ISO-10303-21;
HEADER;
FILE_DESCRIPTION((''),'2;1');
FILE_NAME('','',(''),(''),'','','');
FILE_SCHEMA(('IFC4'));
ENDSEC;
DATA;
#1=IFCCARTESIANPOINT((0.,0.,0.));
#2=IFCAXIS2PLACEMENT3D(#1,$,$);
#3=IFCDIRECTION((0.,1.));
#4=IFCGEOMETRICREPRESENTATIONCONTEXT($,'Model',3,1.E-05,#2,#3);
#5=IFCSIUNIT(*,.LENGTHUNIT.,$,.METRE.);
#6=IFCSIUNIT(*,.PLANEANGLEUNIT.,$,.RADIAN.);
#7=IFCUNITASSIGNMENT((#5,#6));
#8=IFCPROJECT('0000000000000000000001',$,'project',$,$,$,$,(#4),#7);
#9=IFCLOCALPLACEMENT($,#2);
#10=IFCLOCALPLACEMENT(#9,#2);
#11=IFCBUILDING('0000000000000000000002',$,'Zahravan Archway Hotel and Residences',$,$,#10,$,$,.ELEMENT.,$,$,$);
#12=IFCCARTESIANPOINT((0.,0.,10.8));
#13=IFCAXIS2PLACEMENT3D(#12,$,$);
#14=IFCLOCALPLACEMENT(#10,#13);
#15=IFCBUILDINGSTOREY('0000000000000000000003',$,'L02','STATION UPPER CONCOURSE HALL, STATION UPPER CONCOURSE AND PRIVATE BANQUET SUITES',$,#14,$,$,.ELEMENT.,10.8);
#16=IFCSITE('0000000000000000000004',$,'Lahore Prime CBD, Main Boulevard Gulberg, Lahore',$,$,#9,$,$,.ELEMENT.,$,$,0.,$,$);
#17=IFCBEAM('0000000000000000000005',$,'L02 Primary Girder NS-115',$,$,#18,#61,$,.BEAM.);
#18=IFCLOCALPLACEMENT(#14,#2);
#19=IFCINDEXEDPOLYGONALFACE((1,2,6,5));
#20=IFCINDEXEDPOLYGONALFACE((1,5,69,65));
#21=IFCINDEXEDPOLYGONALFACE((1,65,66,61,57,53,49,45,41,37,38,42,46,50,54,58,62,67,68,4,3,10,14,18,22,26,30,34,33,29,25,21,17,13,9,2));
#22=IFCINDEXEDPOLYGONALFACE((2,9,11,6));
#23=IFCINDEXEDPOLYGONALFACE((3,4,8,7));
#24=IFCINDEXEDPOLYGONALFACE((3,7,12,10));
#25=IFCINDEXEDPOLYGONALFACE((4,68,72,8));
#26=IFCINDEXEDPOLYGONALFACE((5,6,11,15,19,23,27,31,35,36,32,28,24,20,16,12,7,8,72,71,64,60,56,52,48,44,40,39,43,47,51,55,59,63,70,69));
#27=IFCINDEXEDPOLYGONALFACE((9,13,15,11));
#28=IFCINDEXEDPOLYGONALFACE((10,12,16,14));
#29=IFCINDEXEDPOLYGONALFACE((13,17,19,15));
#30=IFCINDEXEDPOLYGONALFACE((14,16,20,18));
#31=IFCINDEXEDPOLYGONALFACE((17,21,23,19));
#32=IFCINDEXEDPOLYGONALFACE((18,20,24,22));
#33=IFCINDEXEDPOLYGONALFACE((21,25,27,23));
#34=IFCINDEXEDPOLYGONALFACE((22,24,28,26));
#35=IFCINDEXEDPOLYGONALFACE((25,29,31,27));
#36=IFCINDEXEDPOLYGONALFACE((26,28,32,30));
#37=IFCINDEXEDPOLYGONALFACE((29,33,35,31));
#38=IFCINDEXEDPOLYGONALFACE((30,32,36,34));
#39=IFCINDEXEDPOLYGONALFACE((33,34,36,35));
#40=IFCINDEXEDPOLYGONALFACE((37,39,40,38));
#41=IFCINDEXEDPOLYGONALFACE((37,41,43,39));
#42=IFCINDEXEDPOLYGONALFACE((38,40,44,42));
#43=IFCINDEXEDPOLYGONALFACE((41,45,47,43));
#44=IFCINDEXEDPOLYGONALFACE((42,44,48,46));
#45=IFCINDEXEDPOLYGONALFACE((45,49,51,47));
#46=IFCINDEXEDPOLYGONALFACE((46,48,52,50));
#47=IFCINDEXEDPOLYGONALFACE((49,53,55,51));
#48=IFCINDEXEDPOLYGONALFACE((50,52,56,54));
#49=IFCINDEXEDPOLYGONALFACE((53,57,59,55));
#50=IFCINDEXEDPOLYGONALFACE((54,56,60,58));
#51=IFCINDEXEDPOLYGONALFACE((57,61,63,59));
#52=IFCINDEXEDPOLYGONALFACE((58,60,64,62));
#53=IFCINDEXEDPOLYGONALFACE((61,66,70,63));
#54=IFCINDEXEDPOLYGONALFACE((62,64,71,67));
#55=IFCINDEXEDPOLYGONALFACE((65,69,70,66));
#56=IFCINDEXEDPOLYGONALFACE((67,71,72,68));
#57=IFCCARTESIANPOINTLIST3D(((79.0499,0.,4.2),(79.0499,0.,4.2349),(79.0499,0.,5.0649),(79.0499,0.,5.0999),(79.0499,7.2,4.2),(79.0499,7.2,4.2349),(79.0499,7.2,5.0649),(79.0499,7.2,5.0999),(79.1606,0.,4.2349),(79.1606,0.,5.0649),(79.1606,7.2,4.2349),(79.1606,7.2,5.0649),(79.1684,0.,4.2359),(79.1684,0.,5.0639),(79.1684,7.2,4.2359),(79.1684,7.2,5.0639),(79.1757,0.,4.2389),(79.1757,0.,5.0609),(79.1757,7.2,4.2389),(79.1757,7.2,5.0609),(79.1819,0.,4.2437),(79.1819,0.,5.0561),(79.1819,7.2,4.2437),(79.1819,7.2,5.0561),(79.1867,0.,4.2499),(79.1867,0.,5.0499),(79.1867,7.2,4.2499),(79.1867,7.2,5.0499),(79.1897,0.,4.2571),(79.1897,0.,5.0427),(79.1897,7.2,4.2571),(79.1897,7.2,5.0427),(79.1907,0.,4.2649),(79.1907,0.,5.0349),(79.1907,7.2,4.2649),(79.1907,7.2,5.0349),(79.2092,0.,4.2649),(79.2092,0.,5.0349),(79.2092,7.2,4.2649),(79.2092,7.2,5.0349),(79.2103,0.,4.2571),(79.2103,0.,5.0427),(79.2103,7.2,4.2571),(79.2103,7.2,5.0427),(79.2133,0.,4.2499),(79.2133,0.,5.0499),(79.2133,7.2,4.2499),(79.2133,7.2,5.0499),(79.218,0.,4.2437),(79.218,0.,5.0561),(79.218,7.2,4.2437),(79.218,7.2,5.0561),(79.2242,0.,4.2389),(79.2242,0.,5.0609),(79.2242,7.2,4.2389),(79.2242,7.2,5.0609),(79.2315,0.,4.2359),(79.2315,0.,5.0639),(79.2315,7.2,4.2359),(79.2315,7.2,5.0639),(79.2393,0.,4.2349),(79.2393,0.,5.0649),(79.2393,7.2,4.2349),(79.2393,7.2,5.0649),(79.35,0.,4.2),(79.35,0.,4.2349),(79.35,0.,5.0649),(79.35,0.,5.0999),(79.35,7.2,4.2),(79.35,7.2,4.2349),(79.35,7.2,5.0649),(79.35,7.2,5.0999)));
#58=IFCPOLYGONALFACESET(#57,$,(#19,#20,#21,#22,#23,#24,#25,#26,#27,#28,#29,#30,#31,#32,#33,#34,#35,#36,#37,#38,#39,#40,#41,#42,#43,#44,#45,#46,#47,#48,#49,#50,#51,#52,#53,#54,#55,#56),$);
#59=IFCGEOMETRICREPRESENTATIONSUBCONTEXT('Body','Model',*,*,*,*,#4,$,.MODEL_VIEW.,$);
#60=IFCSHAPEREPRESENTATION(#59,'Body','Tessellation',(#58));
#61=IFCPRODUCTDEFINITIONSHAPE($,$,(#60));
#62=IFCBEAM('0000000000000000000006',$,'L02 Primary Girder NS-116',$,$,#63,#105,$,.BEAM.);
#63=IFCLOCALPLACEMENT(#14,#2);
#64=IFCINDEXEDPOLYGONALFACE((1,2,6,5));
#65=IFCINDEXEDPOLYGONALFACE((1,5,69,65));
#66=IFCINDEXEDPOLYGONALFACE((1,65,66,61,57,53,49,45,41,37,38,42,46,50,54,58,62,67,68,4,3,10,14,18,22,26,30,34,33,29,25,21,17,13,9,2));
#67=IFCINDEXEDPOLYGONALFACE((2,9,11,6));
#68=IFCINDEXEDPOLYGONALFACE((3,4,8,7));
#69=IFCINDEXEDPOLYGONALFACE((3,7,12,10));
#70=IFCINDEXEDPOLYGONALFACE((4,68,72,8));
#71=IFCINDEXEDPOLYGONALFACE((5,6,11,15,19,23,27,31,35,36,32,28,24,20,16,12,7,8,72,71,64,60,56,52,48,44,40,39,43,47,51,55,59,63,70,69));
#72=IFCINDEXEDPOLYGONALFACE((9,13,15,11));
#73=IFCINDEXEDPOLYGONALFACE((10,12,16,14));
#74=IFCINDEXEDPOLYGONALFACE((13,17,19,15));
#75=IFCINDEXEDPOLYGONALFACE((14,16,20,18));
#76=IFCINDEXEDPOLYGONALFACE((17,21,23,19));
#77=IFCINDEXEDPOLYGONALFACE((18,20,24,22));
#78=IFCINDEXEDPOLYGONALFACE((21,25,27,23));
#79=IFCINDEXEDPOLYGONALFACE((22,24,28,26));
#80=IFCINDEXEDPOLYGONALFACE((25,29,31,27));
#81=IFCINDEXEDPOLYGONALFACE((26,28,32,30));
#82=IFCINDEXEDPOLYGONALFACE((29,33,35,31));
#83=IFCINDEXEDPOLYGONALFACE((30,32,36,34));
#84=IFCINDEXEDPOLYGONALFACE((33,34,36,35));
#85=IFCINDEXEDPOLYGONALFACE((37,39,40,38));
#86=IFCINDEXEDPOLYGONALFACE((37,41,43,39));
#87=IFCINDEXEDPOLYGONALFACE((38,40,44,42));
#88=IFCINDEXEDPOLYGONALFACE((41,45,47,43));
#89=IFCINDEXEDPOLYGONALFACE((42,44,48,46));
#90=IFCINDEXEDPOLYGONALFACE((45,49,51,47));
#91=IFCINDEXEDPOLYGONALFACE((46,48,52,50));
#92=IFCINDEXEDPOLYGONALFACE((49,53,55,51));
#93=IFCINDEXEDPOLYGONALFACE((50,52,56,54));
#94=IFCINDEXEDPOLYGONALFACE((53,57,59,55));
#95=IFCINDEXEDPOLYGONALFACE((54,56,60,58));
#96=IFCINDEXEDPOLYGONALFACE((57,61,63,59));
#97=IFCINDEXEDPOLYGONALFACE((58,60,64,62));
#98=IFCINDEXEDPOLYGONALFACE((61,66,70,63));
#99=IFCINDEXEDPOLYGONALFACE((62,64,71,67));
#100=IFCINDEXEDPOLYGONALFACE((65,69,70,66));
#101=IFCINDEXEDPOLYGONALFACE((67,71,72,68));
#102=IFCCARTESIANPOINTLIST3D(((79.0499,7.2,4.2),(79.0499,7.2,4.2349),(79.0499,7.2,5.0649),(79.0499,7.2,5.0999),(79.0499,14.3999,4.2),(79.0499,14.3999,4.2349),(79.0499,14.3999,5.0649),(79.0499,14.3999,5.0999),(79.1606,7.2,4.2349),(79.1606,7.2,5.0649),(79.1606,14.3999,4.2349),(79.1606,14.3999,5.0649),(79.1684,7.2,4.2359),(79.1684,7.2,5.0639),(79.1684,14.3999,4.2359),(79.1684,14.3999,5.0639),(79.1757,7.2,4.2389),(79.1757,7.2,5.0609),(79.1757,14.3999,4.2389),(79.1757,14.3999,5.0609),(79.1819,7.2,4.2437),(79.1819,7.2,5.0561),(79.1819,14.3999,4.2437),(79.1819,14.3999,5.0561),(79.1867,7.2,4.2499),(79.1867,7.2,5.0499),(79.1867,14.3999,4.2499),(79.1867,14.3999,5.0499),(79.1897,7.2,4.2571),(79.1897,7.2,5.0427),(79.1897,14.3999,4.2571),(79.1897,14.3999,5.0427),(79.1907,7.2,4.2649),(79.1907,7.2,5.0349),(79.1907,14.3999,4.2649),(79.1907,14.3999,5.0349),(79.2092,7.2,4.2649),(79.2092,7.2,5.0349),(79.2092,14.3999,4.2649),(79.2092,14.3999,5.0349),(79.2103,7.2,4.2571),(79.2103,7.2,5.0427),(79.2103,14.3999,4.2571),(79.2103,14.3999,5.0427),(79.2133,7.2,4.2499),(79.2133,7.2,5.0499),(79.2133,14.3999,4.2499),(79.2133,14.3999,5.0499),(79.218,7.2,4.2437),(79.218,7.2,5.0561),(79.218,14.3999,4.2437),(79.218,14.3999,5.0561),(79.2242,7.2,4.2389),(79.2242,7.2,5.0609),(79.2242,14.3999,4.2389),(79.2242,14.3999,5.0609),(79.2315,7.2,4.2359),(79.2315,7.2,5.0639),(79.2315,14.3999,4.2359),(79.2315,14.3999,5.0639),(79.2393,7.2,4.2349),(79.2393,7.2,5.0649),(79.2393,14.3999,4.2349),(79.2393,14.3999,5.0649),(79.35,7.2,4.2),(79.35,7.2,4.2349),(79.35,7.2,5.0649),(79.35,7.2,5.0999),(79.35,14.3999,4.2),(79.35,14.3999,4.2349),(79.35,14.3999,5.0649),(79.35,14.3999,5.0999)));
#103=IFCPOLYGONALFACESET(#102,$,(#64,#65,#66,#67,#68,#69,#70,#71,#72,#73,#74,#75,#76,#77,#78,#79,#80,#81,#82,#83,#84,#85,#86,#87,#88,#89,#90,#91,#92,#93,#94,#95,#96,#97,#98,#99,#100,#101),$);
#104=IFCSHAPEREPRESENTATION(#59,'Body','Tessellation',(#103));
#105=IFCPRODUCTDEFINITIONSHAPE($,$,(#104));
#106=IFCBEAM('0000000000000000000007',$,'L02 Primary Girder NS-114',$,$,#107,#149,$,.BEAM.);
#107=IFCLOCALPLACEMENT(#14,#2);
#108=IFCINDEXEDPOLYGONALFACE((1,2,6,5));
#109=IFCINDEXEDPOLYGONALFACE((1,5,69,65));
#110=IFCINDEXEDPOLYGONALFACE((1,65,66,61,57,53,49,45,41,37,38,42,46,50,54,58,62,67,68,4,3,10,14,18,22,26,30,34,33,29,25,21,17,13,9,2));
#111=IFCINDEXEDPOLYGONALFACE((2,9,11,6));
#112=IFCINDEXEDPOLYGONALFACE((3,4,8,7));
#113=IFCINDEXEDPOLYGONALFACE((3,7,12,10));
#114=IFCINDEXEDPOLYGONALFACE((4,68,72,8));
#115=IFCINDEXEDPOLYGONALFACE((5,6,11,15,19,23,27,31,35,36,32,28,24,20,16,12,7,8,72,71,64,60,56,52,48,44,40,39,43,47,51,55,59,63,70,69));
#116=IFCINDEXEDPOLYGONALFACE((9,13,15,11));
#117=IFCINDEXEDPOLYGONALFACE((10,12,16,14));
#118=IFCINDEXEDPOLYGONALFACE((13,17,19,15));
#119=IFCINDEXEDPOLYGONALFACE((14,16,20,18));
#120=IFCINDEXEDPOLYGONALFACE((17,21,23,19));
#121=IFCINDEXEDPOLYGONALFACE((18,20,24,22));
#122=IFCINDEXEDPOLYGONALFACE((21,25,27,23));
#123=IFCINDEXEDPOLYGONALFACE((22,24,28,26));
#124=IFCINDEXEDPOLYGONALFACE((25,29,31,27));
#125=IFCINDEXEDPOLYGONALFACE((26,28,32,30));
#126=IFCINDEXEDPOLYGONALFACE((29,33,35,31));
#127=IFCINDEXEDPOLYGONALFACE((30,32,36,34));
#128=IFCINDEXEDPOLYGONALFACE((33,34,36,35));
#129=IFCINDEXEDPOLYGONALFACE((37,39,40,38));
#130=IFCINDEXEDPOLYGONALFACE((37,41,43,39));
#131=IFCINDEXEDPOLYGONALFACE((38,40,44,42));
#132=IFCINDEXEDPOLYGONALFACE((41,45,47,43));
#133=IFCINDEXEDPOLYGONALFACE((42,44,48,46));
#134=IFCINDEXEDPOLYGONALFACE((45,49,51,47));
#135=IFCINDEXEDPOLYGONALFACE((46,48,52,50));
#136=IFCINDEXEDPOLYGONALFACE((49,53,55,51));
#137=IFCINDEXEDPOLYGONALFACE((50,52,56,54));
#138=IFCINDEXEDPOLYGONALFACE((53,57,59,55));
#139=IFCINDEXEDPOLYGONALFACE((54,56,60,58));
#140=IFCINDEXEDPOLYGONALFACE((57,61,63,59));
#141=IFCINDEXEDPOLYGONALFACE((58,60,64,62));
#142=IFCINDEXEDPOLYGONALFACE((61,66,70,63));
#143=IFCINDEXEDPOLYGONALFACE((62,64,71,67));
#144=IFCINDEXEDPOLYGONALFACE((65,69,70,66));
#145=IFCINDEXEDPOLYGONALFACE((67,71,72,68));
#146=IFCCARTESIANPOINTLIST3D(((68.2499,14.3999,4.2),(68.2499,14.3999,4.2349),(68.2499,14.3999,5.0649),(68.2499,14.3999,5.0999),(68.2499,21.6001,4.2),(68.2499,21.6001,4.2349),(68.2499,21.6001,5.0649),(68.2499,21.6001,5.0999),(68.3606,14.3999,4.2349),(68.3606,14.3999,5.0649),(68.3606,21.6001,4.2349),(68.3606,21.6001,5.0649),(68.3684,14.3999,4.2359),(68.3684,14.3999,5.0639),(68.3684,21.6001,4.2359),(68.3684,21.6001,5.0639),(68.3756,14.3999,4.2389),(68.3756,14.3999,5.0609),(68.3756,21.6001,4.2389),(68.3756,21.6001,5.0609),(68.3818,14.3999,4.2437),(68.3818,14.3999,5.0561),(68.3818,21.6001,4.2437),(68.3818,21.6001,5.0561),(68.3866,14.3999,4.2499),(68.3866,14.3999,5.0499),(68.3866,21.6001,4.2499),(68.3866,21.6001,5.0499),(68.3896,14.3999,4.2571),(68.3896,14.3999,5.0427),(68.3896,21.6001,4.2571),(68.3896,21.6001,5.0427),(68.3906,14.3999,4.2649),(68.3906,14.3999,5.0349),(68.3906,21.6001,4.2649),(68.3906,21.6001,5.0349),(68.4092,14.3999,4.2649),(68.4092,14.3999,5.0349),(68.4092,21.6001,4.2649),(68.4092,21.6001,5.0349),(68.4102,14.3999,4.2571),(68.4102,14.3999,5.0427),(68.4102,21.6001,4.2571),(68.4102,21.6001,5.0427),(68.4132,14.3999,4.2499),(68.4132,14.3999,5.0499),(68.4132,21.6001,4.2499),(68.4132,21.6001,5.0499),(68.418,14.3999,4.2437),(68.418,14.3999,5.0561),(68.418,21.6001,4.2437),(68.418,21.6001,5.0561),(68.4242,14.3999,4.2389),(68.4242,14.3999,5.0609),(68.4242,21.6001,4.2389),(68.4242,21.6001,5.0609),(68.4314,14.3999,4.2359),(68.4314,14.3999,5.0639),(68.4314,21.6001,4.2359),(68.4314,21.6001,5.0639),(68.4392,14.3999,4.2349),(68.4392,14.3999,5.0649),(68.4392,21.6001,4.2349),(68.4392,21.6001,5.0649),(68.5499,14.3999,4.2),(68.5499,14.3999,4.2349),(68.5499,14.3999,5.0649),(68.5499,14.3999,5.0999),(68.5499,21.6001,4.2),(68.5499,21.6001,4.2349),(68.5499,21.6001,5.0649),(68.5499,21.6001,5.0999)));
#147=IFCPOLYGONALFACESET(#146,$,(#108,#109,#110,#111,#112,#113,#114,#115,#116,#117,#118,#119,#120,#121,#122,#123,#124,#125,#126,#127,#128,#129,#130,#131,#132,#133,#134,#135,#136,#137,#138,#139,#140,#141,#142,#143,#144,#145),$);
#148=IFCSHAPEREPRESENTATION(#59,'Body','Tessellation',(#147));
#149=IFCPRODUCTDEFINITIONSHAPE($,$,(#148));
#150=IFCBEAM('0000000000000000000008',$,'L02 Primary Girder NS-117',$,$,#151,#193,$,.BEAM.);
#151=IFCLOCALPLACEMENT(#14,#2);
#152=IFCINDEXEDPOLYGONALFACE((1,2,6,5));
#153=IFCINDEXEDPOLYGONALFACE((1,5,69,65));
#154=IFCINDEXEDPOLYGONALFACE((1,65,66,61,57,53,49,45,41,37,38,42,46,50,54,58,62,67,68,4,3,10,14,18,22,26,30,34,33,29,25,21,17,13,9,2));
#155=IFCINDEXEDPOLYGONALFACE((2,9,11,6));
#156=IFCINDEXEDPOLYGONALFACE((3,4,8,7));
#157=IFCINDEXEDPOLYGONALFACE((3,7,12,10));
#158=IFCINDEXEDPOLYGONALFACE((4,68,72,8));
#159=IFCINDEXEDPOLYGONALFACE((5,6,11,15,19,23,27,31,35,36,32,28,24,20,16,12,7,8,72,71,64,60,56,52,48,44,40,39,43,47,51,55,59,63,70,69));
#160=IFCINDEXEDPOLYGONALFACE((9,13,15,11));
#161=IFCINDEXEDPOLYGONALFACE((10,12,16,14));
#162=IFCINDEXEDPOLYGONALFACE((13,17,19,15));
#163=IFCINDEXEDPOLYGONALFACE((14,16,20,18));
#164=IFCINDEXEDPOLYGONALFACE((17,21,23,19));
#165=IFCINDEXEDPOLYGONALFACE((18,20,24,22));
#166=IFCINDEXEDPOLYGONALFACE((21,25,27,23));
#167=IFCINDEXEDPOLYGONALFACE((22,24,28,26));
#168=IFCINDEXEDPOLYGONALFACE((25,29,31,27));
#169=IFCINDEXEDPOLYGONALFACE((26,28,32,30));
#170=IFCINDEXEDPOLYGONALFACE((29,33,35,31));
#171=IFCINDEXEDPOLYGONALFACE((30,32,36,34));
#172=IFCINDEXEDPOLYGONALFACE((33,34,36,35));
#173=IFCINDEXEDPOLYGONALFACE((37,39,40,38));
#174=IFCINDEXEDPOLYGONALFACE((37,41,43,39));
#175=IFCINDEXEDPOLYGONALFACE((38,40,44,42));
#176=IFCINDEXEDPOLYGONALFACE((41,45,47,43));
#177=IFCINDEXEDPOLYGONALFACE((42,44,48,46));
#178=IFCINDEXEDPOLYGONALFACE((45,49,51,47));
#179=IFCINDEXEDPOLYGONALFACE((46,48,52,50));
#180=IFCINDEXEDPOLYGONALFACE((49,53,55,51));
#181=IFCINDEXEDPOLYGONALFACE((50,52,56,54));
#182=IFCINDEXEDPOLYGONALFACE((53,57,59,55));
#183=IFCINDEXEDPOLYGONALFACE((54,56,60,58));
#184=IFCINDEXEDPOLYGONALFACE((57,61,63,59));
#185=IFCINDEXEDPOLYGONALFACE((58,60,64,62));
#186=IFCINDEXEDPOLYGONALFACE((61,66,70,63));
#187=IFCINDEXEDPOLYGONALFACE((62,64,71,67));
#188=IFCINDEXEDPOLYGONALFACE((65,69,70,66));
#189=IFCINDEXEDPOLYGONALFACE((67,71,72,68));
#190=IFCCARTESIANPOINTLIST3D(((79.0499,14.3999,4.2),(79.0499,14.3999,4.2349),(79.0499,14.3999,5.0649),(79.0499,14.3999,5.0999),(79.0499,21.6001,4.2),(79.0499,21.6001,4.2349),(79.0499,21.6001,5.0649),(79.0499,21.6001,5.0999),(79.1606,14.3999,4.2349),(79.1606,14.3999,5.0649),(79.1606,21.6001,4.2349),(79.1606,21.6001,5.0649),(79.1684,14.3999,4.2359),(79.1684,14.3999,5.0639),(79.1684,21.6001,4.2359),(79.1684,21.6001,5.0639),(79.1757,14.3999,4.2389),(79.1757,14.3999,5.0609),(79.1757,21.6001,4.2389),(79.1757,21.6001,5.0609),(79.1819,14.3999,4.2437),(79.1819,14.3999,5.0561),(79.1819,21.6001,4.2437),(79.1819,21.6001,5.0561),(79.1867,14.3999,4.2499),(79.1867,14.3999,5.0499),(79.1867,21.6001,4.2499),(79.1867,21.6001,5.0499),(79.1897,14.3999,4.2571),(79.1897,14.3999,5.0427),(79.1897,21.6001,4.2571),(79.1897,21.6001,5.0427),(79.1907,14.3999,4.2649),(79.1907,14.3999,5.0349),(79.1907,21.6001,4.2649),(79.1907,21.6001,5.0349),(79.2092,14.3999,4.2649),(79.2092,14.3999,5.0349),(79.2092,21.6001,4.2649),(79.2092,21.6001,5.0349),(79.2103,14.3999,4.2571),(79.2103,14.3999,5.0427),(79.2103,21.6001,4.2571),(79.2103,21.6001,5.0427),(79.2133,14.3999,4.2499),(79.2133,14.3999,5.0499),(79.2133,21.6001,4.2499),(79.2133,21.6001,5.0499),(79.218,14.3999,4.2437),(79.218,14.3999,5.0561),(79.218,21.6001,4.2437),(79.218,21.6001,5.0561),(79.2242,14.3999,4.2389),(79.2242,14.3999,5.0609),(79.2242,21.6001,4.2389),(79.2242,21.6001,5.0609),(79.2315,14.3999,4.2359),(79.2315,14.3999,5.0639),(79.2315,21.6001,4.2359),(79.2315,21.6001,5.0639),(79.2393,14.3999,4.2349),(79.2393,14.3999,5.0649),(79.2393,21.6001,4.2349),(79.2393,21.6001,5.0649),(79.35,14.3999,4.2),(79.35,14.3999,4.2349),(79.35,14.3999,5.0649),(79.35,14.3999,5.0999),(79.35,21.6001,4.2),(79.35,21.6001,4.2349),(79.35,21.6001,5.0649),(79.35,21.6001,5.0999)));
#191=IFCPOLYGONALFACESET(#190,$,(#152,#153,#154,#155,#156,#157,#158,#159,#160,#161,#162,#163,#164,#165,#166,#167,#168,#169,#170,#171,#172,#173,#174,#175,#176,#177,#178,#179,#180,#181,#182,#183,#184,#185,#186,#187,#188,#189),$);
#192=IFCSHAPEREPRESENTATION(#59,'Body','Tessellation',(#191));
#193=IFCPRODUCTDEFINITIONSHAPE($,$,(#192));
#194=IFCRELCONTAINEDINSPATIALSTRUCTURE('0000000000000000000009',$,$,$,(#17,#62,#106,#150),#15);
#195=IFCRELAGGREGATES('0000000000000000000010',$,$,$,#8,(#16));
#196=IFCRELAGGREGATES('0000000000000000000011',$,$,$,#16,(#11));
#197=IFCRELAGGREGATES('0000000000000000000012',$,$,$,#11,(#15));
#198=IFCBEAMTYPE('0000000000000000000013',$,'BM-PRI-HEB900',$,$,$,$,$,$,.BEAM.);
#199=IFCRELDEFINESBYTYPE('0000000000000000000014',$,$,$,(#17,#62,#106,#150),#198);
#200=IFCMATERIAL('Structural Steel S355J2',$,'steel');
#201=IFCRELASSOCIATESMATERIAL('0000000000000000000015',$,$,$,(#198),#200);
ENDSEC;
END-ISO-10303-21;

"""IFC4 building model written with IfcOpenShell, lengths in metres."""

from ifc_helpers import new_model, si_unit, direction, frame, origin, origin_2d, place, context, subcontext, project, spatial, i_section, extrude, source, transform, mapped, material, material_profile, profile_set, type_object, element, save


model = new_model("IFC4")

# Units and contexts
model_context = context("Model", 3, precision=1e-05, world=origin(), true_north=direction((0.0, 1.0)))
body_context = subcontext(model_context, "Body", "Model", "MODEL_VIEW")
ifc_project = project(units=[si_unit("LENGTHUNIT", "METRE"), si_unit("PLANEANGLEUNIT", "RADIAN")], contexts=[model_context])

# Site, building, storey
site_placement = place(None, origin())
site = spatial("IfcSite", under=ifc_project, at=site_placement, Name="Lahore Prime CBD, Main Boulevard Gulberg, Lahore", CompositionType="ELEMENT", RefElevation=0.0)
building_placement = place(site_placement, origin())
building = spatial("IfcBuilding", under=site, at=building_placement, Name="Zahravan Archway Hotel and Residences", CompositionType="ELEMENT")
storey_placement = place(building_placement, frame((0.0, 0.0, 10.8)))
storey = spatial("IfcBuildingStorey", under=building, at=storey_placement, Name="L02", Description="STATION UPPER CONCOURSE HALL, STATION UPPER CONCOURSE AND PRIVATE BANQUET SUITES", CompositionType="ELEMENT", Elevation=10.8)

# Beams
ifc_material_1 = material(Name="Structural Steel S355J2", Category="steel")
ifc_material_profile_1 = material_profile(ifc_material_1, i_section(OverallWidth=0.3, OverallDepth=0.8999, WebThickness=0.0186, FlangeThickness=0.0349, FilletRadius=0.03, at=origin_2d()), Name="HEB 900", Category="steel")
ifc_profile_set_1 = profile_set([ifc_material_profile_1], Name="Structural Steel S355J2")
beam_type_1 = type_object("IfcBeamType", Name="BM-PRI-HEB900", PredefinedType="BEAM", material=ifc_profile_set_1)
shared_shape_1 = source(origin(), body_context, "Body", "SweptSolid", [
    extrude(i_section(OverallWidth=0.3, OverallDepth=0.8999, WebThickness=0.0186, FlangeThickness=0.0349, FilletRadius=0.03, at=origin_2d()), origin(), (0.0, 0.0, 1.0), 7.2),
])
for number, where, z_axis, x_axis, name in (
    (1, (79.2, 0.0, 4.6499), (0.0, 1.0, 0.0), (-1.0, 0.0, 0.0), "L02 Primary Girder NS-115"),
    (2, (79.2, 7.2, 4.6499), (0.0, 1.0, 0.0), (-1.0, 0.0, 0.0), "L02 Primary Girder NS-116"),
):
    element("IfcBeam", number, at=place(storey_placement, frame(where, z_axis=z_axis, x_axis=x_axis)), inside=storey, type_object=beam_type_1, Name=name, PredefinedType="BEAM", context=body_context, shape_type="MappedRepresentation", body=[
        mapped(shared_shape_1, transform((0.0, 0.0, 0.0), scale=1.0)),
    ])
shared_shape_2 = source(origin(), body_context, "Body", "SweptSolid", [
    extrude(i_section(OverallWidth=0.3, OverallDepth=0.8999, WebThickness=0.0186, FlangeThickness=0.0349, FilletRadius=0.03, at=origin_2d()), origin(), (0.0, 0.0, 1.0), 7.2002),
])
for number, where, z_axis, x_axis, name in (
    (3, (68.3999, 14.3999, 4.6499), (0.0, 1.0, 0.0), (-1.0, 0.0, 0.0), "L02 Primary Girder NS-114"),
    (4, (79.2, 14.3999, 4.6499), (0.0, 1.0, 0.0), (-1.0, 0.0, 0.0), "L02 Primary Girder NS-117"),
):
    element("IfcBeam", number, at=place(storey_placement, frame(where, z_axis=z_axis, x_axis=x_axis)), inside=storey, type_object=beam_type_1, Name=name, PredefinedType="BEAM", context=body_context, shape_type="MappedRepresentation", body=[
        mapped(shared_shape_2, transform((0.0, 0.0, 0.0), scale=1.0)),
    ])

save(model, "model.ifc")
